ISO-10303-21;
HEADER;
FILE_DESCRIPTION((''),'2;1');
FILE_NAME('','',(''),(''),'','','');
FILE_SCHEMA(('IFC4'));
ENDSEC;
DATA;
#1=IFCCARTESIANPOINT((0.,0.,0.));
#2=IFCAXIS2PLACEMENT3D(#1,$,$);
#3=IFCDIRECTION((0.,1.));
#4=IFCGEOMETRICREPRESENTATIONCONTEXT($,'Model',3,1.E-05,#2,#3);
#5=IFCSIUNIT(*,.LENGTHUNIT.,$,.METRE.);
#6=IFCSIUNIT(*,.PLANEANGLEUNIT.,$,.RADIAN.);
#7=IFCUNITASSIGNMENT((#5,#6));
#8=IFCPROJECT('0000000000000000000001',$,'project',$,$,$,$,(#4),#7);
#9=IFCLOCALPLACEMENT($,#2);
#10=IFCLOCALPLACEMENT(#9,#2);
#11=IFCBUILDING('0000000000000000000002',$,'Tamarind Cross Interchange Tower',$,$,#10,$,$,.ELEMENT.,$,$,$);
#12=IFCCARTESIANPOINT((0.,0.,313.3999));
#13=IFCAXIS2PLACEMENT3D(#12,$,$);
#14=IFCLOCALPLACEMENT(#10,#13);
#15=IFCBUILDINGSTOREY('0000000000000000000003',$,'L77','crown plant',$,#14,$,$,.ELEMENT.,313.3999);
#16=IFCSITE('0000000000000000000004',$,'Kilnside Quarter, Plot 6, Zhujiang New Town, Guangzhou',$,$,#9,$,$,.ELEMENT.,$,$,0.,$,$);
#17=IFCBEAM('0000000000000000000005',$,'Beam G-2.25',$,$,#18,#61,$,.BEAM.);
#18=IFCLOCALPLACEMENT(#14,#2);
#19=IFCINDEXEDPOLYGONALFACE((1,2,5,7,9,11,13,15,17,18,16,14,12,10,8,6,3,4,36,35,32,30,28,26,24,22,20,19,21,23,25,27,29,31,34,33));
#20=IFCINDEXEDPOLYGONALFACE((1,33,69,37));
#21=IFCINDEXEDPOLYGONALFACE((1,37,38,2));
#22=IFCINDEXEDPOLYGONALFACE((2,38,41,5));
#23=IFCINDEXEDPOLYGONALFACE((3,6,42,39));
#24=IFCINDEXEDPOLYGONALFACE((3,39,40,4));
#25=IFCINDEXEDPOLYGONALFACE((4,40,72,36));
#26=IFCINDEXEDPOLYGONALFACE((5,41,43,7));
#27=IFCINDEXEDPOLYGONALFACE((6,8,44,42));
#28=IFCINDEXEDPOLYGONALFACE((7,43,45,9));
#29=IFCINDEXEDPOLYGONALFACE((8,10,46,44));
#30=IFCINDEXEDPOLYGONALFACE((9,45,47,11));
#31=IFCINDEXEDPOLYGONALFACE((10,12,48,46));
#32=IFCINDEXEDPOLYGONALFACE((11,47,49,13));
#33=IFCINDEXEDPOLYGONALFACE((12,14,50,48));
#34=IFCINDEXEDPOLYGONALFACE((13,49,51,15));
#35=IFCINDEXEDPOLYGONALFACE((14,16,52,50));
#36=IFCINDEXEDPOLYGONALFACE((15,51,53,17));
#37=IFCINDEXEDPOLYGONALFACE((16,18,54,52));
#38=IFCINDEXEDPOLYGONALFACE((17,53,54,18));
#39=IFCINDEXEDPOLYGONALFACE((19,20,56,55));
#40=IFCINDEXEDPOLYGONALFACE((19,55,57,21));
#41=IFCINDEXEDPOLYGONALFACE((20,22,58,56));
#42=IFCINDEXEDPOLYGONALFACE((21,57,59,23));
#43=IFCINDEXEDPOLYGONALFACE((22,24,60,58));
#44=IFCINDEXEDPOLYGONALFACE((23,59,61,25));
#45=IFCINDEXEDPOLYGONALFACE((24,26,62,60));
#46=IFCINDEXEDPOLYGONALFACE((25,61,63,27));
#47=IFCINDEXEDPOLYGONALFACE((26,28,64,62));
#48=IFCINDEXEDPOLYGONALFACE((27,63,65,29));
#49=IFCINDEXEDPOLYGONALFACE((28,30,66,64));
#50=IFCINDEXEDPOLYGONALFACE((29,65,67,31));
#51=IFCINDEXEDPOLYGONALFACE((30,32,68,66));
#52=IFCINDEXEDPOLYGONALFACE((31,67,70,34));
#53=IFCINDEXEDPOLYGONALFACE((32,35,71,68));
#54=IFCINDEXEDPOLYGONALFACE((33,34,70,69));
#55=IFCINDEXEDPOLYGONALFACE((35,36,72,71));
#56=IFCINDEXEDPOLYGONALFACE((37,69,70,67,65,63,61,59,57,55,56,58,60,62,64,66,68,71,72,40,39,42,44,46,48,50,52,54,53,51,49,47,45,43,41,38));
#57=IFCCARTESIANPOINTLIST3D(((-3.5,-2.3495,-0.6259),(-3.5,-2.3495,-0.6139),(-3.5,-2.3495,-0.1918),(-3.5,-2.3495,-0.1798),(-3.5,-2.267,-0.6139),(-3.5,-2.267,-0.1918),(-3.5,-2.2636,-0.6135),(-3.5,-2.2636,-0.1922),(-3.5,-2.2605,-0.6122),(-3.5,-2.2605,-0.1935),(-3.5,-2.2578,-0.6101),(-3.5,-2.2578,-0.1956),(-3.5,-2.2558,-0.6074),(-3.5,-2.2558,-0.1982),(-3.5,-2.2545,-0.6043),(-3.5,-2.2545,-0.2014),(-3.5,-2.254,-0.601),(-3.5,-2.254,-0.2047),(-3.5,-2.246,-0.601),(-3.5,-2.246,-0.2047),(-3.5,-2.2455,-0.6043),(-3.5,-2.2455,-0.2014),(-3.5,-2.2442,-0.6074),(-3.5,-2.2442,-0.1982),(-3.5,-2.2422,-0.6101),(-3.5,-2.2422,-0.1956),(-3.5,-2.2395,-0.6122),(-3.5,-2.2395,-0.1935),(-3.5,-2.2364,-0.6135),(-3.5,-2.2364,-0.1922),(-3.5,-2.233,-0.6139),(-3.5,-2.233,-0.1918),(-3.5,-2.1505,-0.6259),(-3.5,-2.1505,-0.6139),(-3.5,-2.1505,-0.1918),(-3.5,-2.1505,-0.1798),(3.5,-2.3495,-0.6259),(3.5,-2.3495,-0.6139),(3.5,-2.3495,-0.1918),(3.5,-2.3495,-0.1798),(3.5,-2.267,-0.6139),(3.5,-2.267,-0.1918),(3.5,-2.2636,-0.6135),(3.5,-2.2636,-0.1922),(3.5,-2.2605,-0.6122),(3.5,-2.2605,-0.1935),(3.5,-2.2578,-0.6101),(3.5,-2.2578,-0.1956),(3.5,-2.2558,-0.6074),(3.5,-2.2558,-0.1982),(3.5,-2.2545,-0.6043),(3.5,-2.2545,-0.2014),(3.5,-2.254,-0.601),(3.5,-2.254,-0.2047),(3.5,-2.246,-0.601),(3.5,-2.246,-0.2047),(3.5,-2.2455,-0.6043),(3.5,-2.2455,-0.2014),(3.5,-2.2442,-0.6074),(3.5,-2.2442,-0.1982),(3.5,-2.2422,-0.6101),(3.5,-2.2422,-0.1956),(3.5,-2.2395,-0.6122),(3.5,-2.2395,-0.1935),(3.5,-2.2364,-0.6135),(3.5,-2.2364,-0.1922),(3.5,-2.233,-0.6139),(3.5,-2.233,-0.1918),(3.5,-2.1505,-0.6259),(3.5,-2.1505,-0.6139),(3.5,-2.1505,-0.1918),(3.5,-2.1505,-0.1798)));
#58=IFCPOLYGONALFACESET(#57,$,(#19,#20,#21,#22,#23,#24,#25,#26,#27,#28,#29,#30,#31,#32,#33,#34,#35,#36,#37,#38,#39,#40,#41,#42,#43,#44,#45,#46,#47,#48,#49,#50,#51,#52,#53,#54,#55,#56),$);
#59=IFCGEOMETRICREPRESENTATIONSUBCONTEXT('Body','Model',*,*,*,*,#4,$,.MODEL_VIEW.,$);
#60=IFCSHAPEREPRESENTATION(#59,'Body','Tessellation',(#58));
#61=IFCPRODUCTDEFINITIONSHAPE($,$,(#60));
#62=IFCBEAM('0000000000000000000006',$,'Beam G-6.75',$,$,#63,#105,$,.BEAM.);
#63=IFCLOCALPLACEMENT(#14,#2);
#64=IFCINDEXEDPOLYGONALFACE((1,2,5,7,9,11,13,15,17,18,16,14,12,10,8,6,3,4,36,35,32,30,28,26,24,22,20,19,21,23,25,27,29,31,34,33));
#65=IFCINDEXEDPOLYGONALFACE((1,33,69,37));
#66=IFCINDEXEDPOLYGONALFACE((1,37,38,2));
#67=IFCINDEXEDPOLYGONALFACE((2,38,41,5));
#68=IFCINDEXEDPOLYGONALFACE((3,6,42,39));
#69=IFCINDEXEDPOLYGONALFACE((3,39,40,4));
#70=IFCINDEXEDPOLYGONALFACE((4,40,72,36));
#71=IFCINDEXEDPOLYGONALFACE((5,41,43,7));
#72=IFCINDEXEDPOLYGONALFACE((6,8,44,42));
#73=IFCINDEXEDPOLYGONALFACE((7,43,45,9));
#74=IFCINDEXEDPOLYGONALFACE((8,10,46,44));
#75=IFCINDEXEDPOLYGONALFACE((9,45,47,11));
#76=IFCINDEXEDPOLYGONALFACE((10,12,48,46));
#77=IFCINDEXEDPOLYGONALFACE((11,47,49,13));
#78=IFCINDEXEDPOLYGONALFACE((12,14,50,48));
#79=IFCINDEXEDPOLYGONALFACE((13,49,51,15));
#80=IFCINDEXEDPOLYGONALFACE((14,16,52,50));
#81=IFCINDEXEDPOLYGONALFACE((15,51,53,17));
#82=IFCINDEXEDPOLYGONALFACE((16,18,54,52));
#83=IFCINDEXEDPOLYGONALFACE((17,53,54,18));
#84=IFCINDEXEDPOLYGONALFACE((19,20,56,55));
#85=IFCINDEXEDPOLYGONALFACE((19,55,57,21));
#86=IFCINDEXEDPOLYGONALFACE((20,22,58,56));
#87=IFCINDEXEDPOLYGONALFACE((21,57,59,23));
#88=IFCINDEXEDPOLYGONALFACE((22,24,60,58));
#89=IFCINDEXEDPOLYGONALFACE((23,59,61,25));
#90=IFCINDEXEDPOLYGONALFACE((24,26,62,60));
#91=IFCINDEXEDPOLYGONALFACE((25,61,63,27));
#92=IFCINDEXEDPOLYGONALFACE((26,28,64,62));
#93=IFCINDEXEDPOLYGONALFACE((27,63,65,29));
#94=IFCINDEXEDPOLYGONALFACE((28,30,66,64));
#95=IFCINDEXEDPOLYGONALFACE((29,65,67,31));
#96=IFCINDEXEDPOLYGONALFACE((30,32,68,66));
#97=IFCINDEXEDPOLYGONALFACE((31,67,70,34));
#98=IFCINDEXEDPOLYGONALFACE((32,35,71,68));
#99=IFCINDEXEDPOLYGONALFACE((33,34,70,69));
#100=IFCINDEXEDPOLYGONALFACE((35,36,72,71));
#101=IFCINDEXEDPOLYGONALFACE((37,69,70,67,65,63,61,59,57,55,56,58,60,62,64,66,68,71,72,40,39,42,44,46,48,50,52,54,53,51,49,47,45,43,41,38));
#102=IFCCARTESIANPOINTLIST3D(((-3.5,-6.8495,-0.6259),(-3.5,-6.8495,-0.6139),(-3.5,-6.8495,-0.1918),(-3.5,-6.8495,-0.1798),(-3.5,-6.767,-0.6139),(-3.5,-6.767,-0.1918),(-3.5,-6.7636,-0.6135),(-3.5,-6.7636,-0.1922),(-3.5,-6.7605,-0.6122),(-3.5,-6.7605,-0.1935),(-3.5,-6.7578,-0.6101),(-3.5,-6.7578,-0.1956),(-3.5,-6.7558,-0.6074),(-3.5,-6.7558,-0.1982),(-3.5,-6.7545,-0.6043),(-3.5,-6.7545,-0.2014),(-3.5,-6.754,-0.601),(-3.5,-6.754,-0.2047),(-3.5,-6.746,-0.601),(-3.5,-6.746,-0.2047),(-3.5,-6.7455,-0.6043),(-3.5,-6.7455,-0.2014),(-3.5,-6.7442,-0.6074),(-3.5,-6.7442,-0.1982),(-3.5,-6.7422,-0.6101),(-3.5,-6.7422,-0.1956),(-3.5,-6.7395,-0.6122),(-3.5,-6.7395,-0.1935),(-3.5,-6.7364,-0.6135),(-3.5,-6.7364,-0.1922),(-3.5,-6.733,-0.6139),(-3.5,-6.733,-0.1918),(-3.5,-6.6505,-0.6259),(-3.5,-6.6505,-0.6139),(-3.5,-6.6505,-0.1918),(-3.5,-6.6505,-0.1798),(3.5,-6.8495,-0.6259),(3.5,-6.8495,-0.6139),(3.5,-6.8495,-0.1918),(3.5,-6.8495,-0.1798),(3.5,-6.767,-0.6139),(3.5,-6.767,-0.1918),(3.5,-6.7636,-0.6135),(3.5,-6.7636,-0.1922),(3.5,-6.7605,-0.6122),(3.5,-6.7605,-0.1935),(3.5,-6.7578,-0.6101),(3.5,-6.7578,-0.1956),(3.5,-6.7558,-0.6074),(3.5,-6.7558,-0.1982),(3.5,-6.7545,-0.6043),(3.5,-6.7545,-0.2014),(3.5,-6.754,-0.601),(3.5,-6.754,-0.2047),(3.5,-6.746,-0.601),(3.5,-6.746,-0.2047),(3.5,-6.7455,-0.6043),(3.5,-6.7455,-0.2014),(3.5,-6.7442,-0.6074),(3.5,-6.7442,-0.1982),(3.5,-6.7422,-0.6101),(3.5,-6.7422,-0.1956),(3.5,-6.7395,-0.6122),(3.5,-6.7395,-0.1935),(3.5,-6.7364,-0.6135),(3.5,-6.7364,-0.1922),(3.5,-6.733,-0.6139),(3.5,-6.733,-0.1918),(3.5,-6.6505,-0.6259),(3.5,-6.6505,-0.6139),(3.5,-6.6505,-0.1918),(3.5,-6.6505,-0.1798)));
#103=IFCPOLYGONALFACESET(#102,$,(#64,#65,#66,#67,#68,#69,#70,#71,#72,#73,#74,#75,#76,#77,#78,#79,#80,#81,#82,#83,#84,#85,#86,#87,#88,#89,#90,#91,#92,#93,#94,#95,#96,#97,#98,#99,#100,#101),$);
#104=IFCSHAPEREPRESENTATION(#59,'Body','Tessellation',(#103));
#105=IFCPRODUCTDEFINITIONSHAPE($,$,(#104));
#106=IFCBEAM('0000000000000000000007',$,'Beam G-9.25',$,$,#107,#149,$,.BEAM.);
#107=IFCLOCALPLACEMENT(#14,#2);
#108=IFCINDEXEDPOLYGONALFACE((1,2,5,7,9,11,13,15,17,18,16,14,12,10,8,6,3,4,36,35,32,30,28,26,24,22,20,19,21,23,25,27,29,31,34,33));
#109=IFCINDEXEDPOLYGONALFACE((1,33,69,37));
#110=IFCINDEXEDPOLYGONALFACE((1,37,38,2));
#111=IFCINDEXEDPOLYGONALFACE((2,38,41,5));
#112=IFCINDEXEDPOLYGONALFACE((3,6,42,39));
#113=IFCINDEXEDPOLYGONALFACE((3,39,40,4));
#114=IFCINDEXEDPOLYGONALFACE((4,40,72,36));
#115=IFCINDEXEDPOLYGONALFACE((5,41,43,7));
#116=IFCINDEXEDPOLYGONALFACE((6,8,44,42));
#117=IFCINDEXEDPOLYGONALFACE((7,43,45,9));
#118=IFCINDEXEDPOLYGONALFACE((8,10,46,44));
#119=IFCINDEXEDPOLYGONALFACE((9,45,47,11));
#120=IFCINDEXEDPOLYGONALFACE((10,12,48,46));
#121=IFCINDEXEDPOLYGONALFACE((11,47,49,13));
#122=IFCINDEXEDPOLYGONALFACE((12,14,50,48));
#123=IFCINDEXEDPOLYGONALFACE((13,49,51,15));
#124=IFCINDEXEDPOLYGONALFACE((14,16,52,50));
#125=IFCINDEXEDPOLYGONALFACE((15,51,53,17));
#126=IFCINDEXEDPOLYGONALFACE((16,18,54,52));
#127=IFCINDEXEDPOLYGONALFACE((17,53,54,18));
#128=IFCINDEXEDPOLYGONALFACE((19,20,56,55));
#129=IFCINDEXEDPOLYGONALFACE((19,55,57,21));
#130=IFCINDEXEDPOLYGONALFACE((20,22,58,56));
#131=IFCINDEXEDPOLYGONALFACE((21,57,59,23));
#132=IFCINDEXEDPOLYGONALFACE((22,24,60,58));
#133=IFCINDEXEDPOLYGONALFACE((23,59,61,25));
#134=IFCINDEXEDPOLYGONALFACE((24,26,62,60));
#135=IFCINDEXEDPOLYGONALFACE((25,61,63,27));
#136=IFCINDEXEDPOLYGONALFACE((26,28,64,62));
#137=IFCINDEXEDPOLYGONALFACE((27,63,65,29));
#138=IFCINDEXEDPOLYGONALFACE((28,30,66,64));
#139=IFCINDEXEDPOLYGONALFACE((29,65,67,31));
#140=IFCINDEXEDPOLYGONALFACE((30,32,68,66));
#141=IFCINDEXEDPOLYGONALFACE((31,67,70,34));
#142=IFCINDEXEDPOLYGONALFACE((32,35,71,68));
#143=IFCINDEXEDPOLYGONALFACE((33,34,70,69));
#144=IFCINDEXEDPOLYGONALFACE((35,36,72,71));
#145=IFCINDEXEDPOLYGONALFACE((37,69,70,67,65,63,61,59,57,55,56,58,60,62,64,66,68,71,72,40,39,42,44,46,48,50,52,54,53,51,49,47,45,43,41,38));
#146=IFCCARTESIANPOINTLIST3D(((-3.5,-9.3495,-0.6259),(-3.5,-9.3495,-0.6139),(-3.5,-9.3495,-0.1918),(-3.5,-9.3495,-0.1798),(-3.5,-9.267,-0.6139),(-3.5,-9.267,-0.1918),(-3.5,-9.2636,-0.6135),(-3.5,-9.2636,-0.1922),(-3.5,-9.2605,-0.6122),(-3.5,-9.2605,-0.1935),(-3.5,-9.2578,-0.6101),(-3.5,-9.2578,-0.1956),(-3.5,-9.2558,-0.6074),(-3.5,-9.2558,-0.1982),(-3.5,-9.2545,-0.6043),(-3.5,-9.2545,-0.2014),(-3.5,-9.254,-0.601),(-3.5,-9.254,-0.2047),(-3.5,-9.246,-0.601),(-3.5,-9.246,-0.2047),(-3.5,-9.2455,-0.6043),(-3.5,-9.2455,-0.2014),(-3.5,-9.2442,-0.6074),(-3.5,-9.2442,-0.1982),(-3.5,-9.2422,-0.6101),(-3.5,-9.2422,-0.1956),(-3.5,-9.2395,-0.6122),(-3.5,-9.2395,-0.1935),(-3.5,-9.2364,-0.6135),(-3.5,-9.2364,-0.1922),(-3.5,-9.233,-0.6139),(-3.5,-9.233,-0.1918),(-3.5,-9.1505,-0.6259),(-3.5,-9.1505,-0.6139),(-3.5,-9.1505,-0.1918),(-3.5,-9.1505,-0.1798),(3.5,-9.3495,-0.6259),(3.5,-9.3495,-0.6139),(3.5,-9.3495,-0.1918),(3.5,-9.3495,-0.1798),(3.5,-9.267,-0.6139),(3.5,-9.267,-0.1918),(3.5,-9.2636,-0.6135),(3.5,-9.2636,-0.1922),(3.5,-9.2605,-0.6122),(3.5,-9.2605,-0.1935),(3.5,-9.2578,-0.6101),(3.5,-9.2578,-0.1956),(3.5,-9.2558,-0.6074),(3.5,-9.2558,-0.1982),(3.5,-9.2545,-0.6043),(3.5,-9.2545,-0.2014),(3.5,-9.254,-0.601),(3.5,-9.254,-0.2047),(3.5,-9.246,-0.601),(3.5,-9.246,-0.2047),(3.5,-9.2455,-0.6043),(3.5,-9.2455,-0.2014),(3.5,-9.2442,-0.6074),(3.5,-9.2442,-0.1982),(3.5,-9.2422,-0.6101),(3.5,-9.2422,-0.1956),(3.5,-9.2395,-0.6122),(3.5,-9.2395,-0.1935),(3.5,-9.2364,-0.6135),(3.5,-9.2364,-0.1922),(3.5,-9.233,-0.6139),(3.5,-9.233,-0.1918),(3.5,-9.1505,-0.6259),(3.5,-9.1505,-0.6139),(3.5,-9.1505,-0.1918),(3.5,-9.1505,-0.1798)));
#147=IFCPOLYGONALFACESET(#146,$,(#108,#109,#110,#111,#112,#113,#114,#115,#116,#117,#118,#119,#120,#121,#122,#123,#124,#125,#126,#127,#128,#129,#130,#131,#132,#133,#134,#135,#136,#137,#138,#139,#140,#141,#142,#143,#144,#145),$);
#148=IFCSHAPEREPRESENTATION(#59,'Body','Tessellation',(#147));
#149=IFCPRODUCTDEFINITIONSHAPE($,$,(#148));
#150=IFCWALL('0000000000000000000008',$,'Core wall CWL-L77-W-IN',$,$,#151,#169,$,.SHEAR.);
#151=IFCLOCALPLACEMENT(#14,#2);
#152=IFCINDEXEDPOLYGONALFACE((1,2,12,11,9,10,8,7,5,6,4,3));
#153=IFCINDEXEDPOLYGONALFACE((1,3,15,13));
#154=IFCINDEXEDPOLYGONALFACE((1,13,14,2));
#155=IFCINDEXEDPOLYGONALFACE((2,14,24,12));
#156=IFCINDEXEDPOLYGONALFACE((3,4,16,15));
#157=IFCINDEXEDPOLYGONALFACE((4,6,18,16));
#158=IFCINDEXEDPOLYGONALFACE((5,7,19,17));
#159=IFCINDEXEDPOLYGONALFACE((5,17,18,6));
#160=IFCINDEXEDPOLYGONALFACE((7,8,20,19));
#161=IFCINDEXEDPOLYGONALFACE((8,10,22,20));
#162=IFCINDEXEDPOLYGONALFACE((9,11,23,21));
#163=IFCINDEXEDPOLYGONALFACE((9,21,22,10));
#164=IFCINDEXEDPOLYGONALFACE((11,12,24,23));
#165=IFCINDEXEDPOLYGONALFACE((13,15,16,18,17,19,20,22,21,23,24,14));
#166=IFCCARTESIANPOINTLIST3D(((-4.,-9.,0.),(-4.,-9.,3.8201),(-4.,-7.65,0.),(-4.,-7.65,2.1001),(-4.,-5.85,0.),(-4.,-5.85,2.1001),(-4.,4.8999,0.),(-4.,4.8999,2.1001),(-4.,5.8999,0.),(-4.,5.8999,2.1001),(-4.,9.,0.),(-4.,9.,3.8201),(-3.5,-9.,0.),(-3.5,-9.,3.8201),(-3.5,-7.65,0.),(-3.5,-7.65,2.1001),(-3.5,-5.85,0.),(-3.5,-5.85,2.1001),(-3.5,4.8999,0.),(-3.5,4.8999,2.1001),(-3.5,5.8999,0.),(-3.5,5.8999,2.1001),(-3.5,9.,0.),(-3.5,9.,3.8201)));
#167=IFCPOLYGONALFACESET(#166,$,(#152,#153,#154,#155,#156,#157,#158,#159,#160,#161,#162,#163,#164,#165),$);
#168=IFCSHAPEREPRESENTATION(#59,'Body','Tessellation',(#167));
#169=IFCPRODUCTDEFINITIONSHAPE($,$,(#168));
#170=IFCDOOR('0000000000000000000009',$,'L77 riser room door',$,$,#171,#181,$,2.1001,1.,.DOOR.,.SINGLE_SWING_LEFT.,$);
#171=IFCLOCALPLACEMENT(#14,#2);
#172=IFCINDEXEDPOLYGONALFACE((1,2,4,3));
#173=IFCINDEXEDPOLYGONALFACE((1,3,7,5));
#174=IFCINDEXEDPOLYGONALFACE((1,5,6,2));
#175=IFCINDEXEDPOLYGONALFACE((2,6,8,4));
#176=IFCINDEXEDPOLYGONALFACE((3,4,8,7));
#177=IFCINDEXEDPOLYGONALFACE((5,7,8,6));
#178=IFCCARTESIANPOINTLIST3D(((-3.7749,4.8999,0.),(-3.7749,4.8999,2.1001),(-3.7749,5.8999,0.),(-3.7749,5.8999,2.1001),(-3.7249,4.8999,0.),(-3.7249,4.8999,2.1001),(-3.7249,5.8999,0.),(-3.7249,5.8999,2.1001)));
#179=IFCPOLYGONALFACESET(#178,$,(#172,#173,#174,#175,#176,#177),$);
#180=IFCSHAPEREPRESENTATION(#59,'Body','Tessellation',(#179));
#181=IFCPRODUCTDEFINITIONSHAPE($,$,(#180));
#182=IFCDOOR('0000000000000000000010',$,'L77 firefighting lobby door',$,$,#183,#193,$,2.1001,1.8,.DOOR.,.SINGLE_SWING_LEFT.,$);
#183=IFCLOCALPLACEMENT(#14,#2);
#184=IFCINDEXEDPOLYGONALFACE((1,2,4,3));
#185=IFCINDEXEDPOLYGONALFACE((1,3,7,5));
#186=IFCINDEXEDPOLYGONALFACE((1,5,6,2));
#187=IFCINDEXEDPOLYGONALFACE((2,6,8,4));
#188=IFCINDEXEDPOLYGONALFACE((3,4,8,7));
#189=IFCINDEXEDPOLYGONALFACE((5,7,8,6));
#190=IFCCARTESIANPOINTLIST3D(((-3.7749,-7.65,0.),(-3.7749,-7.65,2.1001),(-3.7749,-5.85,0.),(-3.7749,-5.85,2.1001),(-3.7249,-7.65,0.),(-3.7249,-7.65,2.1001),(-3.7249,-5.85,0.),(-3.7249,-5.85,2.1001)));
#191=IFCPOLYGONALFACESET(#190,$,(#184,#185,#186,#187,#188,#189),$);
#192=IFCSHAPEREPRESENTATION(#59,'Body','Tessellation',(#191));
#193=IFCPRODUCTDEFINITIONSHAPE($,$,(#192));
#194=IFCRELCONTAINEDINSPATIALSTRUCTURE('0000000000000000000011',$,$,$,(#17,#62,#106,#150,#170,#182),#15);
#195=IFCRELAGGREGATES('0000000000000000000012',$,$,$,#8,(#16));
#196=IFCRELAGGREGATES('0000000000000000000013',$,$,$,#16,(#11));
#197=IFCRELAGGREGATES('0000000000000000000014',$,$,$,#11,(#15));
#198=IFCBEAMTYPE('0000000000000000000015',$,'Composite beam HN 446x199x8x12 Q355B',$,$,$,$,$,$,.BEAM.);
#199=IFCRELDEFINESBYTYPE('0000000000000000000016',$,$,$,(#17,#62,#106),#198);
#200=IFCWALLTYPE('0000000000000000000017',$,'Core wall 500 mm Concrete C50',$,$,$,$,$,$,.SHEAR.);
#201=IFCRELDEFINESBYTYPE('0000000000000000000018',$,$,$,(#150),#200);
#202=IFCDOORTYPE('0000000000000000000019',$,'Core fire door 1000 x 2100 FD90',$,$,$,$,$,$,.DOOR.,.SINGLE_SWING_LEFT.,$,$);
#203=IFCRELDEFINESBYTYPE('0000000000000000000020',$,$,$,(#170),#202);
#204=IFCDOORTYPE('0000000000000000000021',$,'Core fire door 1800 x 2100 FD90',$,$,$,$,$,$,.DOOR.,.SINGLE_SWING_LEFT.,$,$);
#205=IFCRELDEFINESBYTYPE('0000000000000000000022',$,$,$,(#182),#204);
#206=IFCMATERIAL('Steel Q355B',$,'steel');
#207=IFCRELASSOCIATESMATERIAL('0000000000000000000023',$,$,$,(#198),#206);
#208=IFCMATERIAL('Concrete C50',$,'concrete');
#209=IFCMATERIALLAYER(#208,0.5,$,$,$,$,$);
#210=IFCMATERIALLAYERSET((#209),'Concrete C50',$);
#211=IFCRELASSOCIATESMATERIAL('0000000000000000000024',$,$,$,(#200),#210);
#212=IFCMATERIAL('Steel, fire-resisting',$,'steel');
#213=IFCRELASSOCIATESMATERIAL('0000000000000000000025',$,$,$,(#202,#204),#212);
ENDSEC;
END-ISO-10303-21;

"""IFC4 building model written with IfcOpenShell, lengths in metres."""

from ifc_helpers import new_model, si_unit, direction, frame, frame_2d, origin, origin_2d, place, context, subcontext, project, spatial, rectangle, i_section, extrude, material, layer, layer_set, material_profile, profile_set, type_object, element, fill, save


model = new_model("IFC4")

# Units and contexts
model_context = context("Model", 3, precision=1e-05, world=origin(), true_north=direction((0.0, 1.0)))
body_context = subcontext(model_context, "Body", "Model", "MODEL_VIEW")
ifc_project = project(units=[si_unit("LENGTHUNIT", "METRE"), si_unit("PLANEANGLEUNIT", "RADIAN")], contexts=[model_context])

# Site, building, storey
site_placement = place(None, origin())
site = spatial("IfcSite", under=ifc_project, at=site_placement, Name="Kilnside Quarter, Plot 6, Zhujiang New Town, Guangzhou", CompositionType="ELEMENT", RefElevation=0.0)
building_placement = place(site_placement, origin())
building = spatial("IfcBuilding", under=site, at=building_placement, Name="Tamarind Cross Interchange Tower", CompositionType="ELEMENT")
storey_placement = place(building_placement, frame((0.0, 0.0, 313.3999)))
storey = spatial("IfcBuildingStorey", under=building, at=storey_placement, Name="L77", Description="crown plant", CompositionType="ELEMENT", Elevation=313.3999)

# Beams
ifc_material_1 = material(Name="Steel Q355B", Category="steel")
ifc_material_profile = material_profile(ifc_material_1, i_section(OverallWidth=0.199, OverallDepth=0.446, WebThickness=0.0081, FlangeThickness=0.012, FilletRadius=0.0129, at=origin_2d()), Name="HN 446x199x8x12")
ifc_profile_set = profile_set([ifc_material_profile], Name="Steel Q355B")
beam_type = type_object("IfcBeamType", Name="Composite beam HN 446x199x8x12 Q355B", PredefinedType="BEAM", material=ifc_profile_set)
for number, where, z_axis, x_axis, name in (
    (1, (-3.5, -2.25, -0.4028), (1.0, 0.0, 0.0), (0.0, 1.0, 0.0), "Beam G-2.25"),
    (2, (-3.5, -6.75, -0.4028), (1.0, 0.0, 0.0), (0.0, 1.0, 0.0), "Beam G-6.75"),
    (3, (-3.5, -9.25, -0.4028), (1.0, 0.0, 0.0), (0.0, 1.0, 0.0), "Beam G-9.25"),
):
    element("IfcBeam", number, at=place(storey_placement, frame(where, z_axis=z_axis, x_axis=x_axis)), inside=storey, type_object=beam_type, Name=name, PredefinedType="BEAM", context=body_context, shape_type="SweptSolid", body=[
        extrude(i_section(OverallWidth=0.199, OverallDepth=0.446, WebThickness=0.0081, FlangeThickness=0.012, FilletRadius=0.0129, at=origin_2d()), origin(), (0.0, 0.0, 1.0), 7.0),
    ])

# Wall, openings, doors
ifc_material_2 = material(Name="Concrete C50", Category="concrete")
ifc_layer_1 = layer(ifc_material_2, 0.5)
ifc_layer_set_1 = layer_set([ifc_layer_1], Name="Concrete C50")
wall_type_1 = type_object("IfcWallType", Name="Core wall 500 mm Concrete C50", PredefinedType="SHEAR", material=ifc_layer_set_1)
wall_1_placement = place(storey_placement, frame((-3.75, -9.0, 0.0), z_axis=(0.0, 0.0, 1.0), x_axis=(0.0, 1.0, 0.0)))
wall_1 = element("IfcWall", 4, at=wall_1_placement, inside=storey, type_object=wall_type_1, Name="Core wall CWL-L77-W-IN", PredefinedType="SHEAR", context=body_context, shape_type="SweptSolid", body=[
    extrude(rectangle(XDim=18.0, YDim=0.5, at=frame_2d((9.0, 0.0))), origin(), (0.0, 0.0, 1.0), 3.8201),
])
opening_1_placement = place(wall_1_placement, frame((1.3501, 0.0, 0.0)))
opening_1 = element("IfcOpeningElement", 5, at=opening_1_placement, cuts=wall_1, PredefinedType="OPENING", context=body_context, shape_type="SweptSolid", body=[
    extrude(rectangle(XDim=1.8, YDim=2.1001, at=frame_2d((0.8999, 1.05))), frame((0.0, 0.26, 0.0), z_axis=(0.0, -1.0, 0.0), x_axis=(1.0, 0.0, 0.0)), (0.0, 0.0, 1.0), 0.52),
])
opening_2_placement = place(wall_1_placement, frame((13.8999, 0.0, 0.0)))
opening_2 = element("IfcOpeningElement", 6, at=opening_2_placement, cuts=wall_1, PredefinedType="OPENING", context=body_context, shape_type="SweptSolid", body=[
    extrude(rectangle(XDim=1.0, YDim=2.1001, at=frame_2d((0.5, 1.05))), frame((0.0, 0.26, 0.0), z_axis=(0.0, -1.0, 0.0), x_axis=(1.0, 0.0, 0.0)), (0.0, 0.0, 1.0), 0.52),
])
ifc_material_3 = material(Name="Steel, fire-resisting", Category="steel")
door_type_1 = type_object("IfcDoorType", Name="Core fire door 1000 x 2100 FD90", OperationType="SINGLE_SWING_LEFT", PredefinedType="DOOR", material=ifc_material_3)
door_1_placement = place(opening_2_placement, origin())
door_1 = element("IfcDoor", 7, at=door_1_placement, inside=storey, type_object=door_type_1, Name="L77 riser room door", OperationType="SINGLE_SWING_LEFT", OverallHeight=2.1001, OverallWidth=1.0, PredefinedType="DOOR", context=body_context, shape_type="SweptSolid", body=[
    extrude(rectangle(XDim=1.0, YDim=2.1001, at=frame_2d((0.5, 1.05))), frame((0.0, 0.0249, 0.0), z_axis=(0.0, -1.0, 0.0), x_axis=(1.0, 0.0, 0.0)), (0.0, 0.0, 1.0), 0.05),
])
fill(opening_2, door_1)
door_type_2 = type_object("IfcDoorType", Name="Core fire door 1800 x 2100 FD90", OperationType="SINGLE_SWING_LEFT", PredefinedType="DOOR", material=ifc_material_3)
door_2_placement = place(opening_1_placement, origin())
door_2 = element("IfcDoor", 8, at=door_2_placement, inside=storey, type_object=door_type_2, Name="L77 firefighting lobby door", OperationType="SINGLE_SWING_LEFT", OverallHeight=2.1001, OverallWidth=1.8, PredefinedType="DOOR", context=body_context, shape_type="SweptSolid", body=[
    extrude(rectangle(XDim=1.8, YDim=2.1001, at=frame_2d((0.8999, 1.05))), frame((0.0, 0.0249, 0.0), z_axis=(0.0, -1.0, 0.0), x_axis=(1.0, 0.0, 0.0)), (0.0, 0.0, 1.0), 0.05),
])
fill(opening_1, door_2)

save(model, "model.ifc")
